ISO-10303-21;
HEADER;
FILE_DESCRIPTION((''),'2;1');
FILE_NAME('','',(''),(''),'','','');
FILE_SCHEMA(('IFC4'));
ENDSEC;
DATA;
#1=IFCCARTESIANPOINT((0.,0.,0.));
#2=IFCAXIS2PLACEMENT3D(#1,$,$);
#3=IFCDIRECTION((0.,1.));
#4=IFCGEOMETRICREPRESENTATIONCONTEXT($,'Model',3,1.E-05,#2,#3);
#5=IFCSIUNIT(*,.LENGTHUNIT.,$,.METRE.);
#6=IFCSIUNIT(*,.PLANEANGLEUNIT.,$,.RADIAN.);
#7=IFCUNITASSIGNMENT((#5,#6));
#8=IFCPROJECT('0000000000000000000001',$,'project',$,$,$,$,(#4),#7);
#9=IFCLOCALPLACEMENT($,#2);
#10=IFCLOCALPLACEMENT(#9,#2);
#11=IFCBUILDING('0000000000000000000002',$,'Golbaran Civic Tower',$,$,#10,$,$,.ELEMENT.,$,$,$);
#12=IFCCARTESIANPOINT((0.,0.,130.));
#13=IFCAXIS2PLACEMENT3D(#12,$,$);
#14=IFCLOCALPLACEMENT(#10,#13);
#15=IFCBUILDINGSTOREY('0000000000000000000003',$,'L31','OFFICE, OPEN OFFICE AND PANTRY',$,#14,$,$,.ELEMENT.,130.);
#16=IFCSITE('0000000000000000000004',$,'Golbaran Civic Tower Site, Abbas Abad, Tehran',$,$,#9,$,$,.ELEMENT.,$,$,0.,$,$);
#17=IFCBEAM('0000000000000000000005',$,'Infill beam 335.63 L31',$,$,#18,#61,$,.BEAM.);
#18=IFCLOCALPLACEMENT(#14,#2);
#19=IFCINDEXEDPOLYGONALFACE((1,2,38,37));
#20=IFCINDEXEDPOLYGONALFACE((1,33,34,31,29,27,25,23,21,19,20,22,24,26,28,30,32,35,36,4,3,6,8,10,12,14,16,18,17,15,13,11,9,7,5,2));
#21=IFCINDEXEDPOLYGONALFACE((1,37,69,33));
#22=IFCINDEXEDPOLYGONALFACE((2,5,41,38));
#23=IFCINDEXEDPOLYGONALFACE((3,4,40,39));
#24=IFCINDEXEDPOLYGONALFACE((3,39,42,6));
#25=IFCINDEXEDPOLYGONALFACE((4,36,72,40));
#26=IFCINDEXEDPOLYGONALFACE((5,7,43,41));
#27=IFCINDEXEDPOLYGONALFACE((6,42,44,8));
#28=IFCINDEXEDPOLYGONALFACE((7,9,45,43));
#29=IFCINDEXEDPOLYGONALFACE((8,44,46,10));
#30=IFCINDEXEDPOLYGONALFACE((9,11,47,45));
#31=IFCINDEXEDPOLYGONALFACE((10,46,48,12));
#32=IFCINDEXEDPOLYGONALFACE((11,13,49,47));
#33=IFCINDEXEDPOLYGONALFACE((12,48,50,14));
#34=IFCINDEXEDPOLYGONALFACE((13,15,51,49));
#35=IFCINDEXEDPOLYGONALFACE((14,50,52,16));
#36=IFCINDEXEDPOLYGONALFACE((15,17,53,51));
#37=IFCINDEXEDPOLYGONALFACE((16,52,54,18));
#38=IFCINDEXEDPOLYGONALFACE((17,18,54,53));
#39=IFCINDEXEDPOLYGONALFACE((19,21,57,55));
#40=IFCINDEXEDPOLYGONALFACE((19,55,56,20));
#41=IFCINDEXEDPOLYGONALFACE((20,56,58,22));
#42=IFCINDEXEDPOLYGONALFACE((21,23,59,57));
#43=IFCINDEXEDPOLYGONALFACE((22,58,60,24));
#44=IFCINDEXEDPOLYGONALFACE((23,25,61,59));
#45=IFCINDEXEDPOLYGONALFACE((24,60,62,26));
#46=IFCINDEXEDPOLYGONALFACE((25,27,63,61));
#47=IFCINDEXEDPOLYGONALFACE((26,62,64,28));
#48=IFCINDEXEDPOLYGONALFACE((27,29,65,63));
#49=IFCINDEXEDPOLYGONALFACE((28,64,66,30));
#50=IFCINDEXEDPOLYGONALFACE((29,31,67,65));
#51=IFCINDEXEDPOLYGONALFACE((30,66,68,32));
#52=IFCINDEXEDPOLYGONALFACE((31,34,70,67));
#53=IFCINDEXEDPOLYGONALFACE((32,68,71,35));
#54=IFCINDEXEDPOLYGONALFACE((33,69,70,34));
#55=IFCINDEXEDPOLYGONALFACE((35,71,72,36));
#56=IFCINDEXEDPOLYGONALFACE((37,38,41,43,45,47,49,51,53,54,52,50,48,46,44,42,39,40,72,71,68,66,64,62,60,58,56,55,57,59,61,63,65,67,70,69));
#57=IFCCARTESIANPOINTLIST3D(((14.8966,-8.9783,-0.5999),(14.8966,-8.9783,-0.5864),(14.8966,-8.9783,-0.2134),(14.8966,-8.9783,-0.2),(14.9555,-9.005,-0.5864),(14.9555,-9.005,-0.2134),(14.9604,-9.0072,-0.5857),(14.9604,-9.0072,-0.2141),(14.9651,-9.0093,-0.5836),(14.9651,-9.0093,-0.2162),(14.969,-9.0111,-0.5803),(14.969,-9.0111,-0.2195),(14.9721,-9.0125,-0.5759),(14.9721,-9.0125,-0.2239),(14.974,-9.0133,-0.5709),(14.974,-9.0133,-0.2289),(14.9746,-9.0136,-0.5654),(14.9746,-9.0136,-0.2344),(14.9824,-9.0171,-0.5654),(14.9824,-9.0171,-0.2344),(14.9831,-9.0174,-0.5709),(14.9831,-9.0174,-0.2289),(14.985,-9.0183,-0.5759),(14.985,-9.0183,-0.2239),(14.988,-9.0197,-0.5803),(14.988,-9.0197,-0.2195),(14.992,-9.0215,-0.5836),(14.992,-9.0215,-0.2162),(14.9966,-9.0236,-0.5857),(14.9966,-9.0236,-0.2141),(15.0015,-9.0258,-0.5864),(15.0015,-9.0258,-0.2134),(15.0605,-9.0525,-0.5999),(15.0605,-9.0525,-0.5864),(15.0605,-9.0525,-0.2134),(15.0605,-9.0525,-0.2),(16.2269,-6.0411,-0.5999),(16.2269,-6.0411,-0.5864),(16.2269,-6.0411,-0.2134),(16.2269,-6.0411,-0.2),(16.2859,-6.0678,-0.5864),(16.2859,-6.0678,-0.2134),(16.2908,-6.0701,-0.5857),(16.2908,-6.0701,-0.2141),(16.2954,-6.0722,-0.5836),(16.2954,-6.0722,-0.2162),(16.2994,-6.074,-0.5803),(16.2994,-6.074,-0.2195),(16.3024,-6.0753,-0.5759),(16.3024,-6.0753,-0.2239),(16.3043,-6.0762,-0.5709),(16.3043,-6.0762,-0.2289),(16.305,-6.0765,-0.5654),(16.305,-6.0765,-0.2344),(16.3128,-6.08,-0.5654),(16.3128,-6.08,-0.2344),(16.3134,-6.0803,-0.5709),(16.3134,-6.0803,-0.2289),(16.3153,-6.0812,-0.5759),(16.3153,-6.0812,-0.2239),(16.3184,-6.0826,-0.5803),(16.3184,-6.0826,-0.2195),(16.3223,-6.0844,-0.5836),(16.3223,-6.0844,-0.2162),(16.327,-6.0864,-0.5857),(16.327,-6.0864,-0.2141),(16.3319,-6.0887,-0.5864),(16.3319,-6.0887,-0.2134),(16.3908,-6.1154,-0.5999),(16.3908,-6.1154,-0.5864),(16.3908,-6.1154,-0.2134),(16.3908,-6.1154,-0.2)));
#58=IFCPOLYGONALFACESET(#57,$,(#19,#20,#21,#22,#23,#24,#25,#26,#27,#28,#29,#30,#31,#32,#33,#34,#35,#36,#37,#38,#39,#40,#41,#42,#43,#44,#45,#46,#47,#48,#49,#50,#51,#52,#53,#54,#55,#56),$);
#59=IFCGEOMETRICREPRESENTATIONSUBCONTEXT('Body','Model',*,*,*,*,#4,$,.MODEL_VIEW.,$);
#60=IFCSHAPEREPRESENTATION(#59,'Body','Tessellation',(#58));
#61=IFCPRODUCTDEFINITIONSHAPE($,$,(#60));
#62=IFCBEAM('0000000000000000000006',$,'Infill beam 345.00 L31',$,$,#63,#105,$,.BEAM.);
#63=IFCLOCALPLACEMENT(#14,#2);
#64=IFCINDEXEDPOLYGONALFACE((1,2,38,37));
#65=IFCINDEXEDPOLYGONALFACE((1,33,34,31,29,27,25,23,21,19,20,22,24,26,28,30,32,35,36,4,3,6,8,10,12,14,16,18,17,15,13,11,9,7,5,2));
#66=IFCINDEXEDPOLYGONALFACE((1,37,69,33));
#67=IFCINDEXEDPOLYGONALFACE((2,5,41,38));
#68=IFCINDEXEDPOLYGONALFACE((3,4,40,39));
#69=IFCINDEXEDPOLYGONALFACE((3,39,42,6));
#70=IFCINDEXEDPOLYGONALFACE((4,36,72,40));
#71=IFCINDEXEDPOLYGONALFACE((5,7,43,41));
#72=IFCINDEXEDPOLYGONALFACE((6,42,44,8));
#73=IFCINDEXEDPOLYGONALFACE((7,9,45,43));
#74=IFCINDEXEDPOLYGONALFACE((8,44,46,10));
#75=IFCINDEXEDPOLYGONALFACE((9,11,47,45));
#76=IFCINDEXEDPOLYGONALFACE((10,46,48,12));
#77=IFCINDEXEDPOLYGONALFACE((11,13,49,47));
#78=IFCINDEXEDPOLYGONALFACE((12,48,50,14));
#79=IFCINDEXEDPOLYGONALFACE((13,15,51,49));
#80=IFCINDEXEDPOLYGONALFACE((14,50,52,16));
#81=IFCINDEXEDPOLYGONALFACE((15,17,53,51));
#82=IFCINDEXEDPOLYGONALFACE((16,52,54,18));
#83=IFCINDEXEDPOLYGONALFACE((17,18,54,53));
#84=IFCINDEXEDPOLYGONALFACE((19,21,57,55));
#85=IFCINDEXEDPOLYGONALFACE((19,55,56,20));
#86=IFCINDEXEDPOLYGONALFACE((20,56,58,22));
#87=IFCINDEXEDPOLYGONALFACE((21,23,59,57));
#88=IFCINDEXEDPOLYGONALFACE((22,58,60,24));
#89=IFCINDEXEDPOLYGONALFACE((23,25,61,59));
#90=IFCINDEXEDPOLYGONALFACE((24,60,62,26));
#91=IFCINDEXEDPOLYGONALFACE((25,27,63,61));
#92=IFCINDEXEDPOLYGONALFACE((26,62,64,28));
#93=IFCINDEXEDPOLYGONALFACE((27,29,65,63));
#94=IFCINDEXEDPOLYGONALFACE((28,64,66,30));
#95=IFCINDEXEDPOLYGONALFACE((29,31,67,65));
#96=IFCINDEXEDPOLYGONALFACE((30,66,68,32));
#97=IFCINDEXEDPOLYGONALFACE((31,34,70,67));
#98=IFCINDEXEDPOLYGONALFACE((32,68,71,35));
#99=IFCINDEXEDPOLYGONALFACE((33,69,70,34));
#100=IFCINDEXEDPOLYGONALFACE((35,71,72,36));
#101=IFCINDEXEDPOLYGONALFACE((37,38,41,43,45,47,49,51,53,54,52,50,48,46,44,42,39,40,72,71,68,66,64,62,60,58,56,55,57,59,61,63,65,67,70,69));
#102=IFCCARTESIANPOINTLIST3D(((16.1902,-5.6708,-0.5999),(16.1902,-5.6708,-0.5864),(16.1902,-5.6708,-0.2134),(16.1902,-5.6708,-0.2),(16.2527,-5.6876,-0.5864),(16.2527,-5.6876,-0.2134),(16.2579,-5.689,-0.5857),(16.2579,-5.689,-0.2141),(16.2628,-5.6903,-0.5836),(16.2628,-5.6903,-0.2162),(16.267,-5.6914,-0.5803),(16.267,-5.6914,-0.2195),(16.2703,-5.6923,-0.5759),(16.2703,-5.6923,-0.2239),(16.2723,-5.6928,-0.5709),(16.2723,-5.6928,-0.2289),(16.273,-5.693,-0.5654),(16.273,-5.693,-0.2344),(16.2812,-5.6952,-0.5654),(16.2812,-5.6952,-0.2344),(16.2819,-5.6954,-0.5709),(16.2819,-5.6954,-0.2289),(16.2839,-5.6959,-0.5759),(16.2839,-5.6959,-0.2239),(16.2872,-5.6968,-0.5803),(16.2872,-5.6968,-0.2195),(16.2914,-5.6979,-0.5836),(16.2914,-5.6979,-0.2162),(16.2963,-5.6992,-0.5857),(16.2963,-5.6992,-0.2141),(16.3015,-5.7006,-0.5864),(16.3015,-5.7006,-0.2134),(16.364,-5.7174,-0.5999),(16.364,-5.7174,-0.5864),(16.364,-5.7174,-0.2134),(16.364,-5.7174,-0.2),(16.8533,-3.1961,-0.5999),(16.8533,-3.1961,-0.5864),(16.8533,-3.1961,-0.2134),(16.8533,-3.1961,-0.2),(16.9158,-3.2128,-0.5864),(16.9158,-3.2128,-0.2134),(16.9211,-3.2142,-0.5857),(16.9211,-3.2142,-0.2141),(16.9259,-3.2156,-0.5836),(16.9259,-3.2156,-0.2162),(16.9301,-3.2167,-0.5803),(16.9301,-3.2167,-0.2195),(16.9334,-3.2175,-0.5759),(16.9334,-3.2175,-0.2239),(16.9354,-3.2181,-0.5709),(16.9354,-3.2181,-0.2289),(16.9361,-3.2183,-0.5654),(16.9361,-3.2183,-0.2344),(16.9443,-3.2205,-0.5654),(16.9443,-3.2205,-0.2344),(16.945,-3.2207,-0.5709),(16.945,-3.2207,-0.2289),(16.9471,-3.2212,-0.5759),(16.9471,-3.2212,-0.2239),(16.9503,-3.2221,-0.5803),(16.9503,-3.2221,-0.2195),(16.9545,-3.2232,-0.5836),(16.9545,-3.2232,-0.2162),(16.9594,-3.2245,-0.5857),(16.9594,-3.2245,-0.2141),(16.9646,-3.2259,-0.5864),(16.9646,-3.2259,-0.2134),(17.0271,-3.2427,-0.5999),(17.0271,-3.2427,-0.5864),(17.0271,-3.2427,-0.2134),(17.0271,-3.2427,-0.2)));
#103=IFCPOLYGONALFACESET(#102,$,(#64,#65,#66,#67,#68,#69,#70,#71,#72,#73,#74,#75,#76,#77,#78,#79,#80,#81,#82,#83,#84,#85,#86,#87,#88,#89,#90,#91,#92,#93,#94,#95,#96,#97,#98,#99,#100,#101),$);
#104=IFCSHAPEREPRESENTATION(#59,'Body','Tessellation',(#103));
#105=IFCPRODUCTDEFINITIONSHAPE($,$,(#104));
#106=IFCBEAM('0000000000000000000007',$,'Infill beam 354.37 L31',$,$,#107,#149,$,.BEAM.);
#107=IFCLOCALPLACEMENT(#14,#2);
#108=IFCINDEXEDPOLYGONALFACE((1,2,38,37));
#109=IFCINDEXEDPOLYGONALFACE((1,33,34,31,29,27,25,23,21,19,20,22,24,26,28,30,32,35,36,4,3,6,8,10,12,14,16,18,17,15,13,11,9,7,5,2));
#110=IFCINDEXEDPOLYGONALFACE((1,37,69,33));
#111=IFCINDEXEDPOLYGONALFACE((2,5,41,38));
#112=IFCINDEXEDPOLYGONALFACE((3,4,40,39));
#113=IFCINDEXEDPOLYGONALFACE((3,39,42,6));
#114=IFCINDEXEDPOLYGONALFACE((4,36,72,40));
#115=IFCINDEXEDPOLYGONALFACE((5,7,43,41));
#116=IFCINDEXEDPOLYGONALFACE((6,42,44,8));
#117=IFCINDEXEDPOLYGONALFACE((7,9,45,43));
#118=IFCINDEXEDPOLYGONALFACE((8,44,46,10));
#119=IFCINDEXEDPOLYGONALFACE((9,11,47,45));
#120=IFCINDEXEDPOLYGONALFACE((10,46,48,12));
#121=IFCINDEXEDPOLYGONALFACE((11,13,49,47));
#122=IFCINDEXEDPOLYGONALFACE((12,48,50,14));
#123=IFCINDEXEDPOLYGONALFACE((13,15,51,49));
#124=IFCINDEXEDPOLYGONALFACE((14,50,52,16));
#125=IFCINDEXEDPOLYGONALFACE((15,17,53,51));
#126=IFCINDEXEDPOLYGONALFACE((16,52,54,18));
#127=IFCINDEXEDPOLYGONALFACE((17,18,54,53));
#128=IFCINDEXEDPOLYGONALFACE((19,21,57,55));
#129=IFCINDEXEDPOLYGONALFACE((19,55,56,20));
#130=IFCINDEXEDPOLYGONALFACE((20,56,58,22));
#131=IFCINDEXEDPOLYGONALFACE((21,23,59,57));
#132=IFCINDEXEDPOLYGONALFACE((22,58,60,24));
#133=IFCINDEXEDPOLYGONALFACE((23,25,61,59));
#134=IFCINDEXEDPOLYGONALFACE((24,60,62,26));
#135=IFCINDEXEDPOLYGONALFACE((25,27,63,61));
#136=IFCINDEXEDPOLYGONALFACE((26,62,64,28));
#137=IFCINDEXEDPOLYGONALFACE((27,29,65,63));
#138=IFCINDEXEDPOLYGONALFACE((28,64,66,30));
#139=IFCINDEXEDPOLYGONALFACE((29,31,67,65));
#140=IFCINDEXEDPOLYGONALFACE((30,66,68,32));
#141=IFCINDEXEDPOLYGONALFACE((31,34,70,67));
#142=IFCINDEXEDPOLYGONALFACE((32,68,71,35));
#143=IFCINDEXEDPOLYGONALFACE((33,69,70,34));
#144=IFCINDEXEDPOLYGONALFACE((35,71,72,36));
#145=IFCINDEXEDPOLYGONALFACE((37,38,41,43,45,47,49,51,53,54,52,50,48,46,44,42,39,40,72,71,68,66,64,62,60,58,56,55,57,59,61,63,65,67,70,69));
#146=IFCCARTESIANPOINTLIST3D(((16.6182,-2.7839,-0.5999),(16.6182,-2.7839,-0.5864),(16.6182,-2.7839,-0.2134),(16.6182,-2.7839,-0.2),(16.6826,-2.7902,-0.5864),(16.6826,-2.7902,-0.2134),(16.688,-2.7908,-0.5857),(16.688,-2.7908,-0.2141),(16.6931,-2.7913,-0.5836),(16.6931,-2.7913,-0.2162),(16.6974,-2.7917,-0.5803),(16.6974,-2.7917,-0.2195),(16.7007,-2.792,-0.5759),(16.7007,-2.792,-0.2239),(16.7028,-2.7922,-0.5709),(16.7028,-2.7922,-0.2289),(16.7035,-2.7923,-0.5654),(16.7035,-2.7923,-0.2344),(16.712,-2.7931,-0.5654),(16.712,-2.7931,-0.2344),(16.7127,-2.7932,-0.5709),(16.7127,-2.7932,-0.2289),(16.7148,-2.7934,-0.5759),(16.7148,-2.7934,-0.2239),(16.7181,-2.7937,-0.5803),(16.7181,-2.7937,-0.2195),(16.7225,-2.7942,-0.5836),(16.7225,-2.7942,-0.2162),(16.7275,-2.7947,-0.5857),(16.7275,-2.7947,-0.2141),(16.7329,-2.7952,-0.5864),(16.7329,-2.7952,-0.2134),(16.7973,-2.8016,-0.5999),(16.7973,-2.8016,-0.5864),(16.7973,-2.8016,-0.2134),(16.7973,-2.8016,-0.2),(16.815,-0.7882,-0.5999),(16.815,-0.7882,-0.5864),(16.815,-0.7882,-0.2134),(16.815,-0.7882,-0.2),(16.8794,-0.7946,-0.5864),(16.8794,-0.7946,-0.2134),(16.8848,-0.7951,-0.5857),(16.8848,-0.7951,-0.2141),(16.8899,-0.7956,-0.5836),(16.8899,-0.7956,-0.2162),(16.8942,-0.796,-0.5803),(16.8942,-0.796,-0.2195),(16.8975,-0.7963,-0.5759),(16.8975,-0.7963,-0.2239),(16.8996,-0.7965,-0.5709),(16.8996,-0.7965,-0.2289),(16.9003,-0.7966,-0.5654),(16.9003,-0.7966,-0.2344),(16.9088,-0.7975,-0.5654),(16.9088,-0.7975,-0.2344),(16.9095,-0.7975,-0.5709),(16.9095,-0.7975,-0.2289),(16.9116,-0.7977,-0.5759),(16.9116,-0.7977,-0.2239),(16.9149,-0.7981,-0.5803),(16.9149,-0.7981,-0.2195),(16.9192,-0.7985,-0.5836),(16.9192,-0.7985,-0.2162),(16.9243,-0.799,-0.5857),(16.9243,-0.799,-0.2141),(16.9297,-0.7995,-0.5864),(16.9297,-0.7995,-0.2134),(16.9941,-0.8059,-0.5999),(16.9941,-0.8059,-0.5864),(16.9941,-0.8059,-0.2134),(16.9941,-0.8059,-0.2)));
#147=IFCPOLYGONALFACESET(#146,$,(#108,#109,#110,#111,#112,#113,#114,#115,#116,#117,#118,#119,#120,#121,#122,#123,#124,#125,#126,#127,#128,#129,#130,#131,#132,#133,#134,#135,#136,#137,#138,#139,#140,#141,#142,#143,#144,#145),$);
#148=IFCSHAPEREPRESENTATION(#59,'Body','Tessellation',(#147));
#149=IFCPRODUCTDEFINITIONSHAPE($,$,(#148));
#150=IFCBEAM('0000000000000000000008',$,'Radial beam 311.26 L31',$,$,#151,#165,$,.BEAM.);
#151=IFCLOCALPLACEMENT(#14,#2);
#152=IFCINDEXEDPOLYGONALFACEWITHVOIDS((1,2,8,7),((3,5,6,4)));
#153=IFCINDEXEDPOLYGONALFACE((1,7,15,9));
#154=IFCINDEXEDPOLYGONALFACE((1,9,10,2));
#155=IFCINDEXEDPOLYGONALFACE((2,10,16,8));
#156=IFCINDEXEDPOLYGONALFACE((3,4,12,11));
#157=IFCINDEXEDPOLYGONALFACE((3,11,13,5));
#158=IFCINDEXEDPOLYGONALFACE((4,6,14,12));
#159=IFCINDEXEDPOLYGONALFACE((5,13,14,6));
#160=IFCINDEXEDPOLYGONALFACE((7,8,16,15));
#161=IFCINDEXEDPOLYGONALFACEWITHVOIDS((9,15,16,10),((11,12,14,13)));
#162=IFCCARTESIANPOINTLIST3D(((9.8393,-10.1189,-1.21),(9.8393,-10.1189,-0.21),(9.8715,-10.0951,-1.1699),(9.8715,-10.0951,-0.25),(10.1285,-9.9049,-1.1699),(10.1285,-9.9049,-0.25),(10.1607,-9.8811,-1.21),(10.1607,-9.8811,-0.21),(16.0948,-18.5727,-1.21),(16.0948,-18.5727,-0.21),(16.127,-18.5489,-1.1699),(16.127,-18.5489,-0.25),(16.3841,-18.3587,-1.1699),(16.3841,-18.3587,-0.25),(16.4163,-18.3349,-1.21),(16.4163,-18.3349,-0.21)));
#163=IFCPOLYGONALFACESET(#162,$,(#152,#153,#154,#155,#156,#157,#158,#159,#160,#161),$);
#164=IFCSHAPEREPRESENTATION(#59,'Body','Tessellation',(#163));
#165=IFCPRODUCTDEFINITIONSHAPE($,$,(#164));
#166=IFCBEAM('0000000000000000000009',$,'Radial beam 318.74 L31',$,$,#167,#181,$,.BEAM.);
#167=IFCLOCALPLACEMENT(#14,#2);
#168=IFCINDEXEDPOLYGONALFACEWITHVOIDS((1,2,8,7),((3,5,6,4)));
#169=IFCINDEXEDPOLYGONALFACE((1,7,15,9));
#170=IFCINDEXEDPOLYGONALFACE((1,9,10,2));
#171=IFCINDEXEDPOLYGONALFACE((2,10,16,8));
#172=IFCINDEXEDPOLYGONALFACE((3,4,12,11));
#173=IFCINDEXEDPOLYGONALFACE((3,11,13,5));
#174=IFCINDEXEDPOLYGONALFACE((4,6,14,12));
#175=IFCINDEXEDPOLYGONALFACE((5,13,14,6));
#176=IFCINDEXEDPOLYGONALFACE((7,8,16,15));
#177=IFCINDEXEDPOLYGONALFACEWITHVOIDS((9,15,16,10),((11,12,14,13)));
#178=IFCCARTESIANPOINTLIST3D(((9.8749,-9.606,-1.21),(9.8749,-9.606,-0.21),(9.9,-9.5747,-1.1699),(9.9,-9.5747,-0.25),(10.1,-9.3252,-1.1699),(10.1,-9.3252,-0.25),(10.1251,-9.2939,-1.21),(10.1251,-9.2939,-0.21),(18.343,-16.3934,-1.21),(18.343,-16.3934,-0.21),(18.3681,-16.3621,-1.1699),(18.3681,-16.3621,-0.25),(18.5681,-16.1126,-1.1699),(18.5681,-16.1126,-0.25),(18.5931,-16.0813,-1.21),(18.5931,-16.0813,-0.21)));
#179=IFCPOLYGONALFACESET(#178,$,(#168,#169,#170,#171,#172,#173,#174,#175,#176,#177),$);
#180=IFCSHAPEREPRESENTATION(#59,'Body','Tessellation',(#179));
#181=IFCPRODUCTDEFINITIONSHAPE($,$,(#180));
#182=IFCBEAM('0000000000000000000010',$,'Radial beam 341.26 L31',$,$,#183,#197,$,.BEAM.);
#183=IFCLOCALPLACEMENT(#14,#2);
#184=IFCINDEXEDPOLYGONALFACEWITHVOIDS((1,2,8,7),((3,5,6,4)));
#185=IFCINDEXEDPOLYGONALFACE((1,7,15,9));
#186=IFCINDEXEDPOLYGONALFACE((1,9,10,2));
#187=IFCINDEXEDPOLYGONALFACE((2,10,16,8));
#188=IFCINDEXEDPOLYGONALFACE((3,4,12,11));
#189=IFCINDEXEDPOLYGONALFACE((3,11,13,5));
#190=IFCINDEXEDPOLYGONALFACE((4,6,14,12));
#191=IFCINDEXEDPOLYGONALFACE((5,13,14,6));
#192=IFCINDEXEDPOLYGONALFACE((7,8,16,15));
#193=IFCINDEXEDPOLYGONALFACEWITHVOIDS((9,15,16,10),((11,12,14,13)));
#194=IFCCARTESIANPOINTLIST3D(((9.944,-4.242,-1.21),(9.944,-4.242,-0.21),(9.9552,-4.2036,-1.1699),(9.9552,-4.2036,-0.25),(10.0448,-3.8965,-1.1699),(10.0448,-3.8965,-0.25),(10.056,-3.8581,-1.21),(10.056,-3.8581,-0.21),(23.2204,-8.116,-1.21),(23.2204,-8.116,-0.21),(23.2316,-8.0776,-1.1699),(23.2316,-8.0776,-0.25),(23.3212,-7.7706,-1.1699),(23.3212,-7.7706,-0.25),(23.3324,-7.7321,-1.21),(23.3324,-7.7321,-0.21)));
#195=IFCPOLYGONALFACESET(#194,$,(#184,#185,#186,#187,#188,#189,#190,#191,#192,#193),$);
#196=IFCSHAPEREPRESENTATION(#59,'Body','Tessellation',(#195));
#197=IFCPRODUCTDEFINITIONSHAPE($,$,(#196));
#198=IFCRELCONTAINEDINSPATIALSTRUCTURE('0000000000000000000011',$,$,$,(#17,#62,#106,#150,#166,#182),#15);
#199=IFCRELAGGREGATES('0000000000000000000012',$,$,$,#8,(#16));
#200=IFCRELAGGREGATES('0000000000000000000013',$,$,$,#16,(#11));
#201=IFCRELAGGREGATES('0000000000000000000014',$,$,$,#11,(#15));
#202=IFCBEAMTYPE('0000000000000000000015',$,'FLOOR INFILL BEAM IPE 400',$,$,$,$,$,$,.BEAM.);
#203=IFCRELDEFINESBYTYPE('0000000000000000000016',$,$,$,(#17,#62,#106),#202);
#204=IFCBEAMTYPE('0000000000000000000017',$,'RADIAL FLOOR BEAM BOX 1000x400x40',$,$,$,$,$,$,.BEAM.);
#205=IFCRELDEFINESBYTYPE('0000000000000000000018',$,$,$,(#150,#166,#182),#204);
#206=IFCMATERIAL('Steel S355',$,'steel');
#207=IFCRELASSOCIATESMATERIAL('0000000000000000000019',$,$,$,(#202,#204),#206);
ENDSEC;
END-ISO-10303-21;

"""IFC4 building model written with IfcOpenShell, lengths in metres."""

from ifc_helpers import new_model, si_unit, direction, frame, origin, origin_2d, place, context, subcontext, project, spatial, hollow_rectangle, i_section, extrude, material, material_profile, profile_set, type_object, element, save


model = new_model("IFC4")

# Units and contexts
model_context = context("Model", 3, precision=1e-05, world=origin(), true_north=direction((0.0, 1.0)))
body_context = subcontext(model_context, "Body", "Model", "MODEL_VIEW")
ifc_project = project(units=[si_unit("LENGTHUNIT", "METRE"), si_unit("PLANEANGLEUNIT", "RADIAN")], contexts=[model_context])

# Site, building, storey
site_placement = place(None, origin())
site = spatial("IfcSite", under=ifc_project, at=site_placement, Name="Golbaran Civic Tower Site, Abbas Abad, Tehran", CompositionType="ELEMENT", RefElevation=0.0)
building_placement = place(site_placement, origin())
building = spatial("IfcBuilding", under=site, at=building_placement, Name="Golbaran Civic Tower", CompositionType="ELEMENT")
storey_placement = place(building_placement, frame((0.0, 0.0, 130.0)))
storey = spatial("IfcBuildingStorey", under=building, at=storey_placement, Name="L31", Description="OFFICE, OPEN OFFICE AND PANTRY", CompositionType="ELEMENT", Elevation=130.0)

# Beams
ifc_material_1 = material(Name="Steel S355", Category="steel")
ifc_material_profile_1 = material_profile(ifc_material_1, i_section(OverallWidth=0.1799, OverallDepth=0.3999, WebThickness=0.0085, FlangeThickness=0.0134, FilletRadius=0.021, at=origin_2d()), Name="IPE 400")
ifc_profile_set_1 = profile_set([ifc_material_profile_1], Name="Steel S355")
beam_type_1 = type_object("IfcBeamType", Name="FLOOR INFILL BEAM IPE 400", PredefinedType="BEAM", material=ifc_profile_set_1)
beam_1_placement = place(storey_placement, frame((14.9785, -9.0154, -0.3999), z_axis=(0.412599, 0.910913, 0.0), x_axis=(-0.910913, 0.412599, 0.0)))
element("IfcBeam", 1, at=beam_1_placement, inside=storey, type_object=beam_type_1, Name="Infill beam 335.63 L31", PredefinedType="BEAM", context=body_context, shape_type="SweptSolid", body=[
    extrude(i_section(OverallWidth=0.1799, OverallDepth=0.3999, WebThickness=0.0085, FlangeThickness=0.0134, FilletRadius=0.021, at=origin_2d()), origin(), (0.0, 0.0, 1.0), 3.2244),
])
beam_2_placement = place(storey_placement, frame((16.2771, -5.6941, -0.3999), z_axis=(0.258825, 0.965924, 0.0), x_axis=(-0.965924, 0.258825, 0.0)))
element("IfcBeam", 2, at=beam_2_placement, inside=storey, type_object=beam_type_1, Name="Infill beam 345.00 L31", PredefinedType="BEAM", context=body_context, shape_type="SweptSolid", body=[
    extrude(i_section(OverallWidth=0.1799, OverallDepth=0.3999, WebThickness=0.0085, FlangeThickness=0.0134, FilletRadius=0.021, at=origin_2d()), origin(), (0.0, 0.0, 1.0), 2.562),
])
beam_3_placement = place(storey_placement, frame((16.7078, -2.7927, -0.3999), z_axis=(0.098129, 0.995174, 0.0), x_axis=(-0.995174, 0.098129, 0.0)))
element("IfcBeam", 3, at=beam_3_placement, inside=storey, type_object=beam_type_1, Name="Infill beam 354.37 L31", PredefinedType="BEAM", context=body_context, shape_type="SweptSolid", body=[
    extrude(i_section(OverallWidth=0.1799, OverallDepth=0.3999, WebThickness=0.0085, FlangeThickness=0.0134, FilletRadius=0.021, at=origin_2d()), origin(), (0.0, 0.0, 1.0), 2.0054),
])
ifc_material_profile_2 = material_profile(ifc_material_1, hollow_rectangle(XDim=0.3999, YDim=1.0, WallThickness=0.04, at=origin_2d()), Name="BOX 1000x400x40")
ifc_profile_set_2 = profile_set([ifc_material_profile_2], Name="Steel S355")
beam_type_2 = type_object("IfcBeamType", Name="RADIAL FLOOR BEAM BOX 1000x400x40", PredefinedType="BEAM", material=ifc_profile_set_2)
beam_4_placement = place(storey_placement, frame((10.0, -10.0, -0.71), z_axis=(0.594828, -0.803853, 0.0), x_axis=(0.803853, 0.594828, 0.0)))
element("IfcBeam", 4, at=beam_4_placement, inside=storey, type_object=beam_type_2, Name="Radial beam 311.26 L31", PredefinedType="BEAM", context=body_context, shape_type="SweptSolid", body=[
    extrude(hollow_rectangle(XDim=0.3999, YDim=1.0, WallThickness=0.04, at=origin_2d()), origin(), (0.0, 0.0, 1.0), 10.5166),
])
beam_5_placement = place(storey_placement, frame((10.0, -9.45, -0.71), z_axis=(0.780287, -0.625422, 0.0), x_axis=(0.625422, 0.780287, 0.0)))
element("IfcBeam", 5, at=beam_5_placement, inside=storey, type_object=beam_type_2, Name="Radial beam 318.74 L31", PredefinedType="BEAM", context=body_context, shape_type="SweptSolid", body=[
    extrude(hollow_rectangle(XDim=0.3999, YDim=1.0, WallThickness=0.04, at=origin_2d()), origin(), (0.0, 0.0, 1.0), 10.8525),
])
beam_6_placement = place(storey_placement, frame((10.0, -4.05, -0.71), z_axis=(0.959966, -0.280117, 0.0), x_axis=(0.280117, 0.959966, 0.0)))
element("IfcBeam", 6, at=beam_6_placement, inside=storey, type_object=beam_type_2, Name="Radial beam 341.26 L31", PredefinedType="BEAM", context=body_context, shape_type="SweptSolid", body=[
    extrude(hollow_rectangle(XDim=0.3999, YDim=1.0, WallThickness=0.04, at=origin_2d()), origin(), (0.0, 0.0, 1.0), 13.8301),
])

save(model, "model.ifc")
